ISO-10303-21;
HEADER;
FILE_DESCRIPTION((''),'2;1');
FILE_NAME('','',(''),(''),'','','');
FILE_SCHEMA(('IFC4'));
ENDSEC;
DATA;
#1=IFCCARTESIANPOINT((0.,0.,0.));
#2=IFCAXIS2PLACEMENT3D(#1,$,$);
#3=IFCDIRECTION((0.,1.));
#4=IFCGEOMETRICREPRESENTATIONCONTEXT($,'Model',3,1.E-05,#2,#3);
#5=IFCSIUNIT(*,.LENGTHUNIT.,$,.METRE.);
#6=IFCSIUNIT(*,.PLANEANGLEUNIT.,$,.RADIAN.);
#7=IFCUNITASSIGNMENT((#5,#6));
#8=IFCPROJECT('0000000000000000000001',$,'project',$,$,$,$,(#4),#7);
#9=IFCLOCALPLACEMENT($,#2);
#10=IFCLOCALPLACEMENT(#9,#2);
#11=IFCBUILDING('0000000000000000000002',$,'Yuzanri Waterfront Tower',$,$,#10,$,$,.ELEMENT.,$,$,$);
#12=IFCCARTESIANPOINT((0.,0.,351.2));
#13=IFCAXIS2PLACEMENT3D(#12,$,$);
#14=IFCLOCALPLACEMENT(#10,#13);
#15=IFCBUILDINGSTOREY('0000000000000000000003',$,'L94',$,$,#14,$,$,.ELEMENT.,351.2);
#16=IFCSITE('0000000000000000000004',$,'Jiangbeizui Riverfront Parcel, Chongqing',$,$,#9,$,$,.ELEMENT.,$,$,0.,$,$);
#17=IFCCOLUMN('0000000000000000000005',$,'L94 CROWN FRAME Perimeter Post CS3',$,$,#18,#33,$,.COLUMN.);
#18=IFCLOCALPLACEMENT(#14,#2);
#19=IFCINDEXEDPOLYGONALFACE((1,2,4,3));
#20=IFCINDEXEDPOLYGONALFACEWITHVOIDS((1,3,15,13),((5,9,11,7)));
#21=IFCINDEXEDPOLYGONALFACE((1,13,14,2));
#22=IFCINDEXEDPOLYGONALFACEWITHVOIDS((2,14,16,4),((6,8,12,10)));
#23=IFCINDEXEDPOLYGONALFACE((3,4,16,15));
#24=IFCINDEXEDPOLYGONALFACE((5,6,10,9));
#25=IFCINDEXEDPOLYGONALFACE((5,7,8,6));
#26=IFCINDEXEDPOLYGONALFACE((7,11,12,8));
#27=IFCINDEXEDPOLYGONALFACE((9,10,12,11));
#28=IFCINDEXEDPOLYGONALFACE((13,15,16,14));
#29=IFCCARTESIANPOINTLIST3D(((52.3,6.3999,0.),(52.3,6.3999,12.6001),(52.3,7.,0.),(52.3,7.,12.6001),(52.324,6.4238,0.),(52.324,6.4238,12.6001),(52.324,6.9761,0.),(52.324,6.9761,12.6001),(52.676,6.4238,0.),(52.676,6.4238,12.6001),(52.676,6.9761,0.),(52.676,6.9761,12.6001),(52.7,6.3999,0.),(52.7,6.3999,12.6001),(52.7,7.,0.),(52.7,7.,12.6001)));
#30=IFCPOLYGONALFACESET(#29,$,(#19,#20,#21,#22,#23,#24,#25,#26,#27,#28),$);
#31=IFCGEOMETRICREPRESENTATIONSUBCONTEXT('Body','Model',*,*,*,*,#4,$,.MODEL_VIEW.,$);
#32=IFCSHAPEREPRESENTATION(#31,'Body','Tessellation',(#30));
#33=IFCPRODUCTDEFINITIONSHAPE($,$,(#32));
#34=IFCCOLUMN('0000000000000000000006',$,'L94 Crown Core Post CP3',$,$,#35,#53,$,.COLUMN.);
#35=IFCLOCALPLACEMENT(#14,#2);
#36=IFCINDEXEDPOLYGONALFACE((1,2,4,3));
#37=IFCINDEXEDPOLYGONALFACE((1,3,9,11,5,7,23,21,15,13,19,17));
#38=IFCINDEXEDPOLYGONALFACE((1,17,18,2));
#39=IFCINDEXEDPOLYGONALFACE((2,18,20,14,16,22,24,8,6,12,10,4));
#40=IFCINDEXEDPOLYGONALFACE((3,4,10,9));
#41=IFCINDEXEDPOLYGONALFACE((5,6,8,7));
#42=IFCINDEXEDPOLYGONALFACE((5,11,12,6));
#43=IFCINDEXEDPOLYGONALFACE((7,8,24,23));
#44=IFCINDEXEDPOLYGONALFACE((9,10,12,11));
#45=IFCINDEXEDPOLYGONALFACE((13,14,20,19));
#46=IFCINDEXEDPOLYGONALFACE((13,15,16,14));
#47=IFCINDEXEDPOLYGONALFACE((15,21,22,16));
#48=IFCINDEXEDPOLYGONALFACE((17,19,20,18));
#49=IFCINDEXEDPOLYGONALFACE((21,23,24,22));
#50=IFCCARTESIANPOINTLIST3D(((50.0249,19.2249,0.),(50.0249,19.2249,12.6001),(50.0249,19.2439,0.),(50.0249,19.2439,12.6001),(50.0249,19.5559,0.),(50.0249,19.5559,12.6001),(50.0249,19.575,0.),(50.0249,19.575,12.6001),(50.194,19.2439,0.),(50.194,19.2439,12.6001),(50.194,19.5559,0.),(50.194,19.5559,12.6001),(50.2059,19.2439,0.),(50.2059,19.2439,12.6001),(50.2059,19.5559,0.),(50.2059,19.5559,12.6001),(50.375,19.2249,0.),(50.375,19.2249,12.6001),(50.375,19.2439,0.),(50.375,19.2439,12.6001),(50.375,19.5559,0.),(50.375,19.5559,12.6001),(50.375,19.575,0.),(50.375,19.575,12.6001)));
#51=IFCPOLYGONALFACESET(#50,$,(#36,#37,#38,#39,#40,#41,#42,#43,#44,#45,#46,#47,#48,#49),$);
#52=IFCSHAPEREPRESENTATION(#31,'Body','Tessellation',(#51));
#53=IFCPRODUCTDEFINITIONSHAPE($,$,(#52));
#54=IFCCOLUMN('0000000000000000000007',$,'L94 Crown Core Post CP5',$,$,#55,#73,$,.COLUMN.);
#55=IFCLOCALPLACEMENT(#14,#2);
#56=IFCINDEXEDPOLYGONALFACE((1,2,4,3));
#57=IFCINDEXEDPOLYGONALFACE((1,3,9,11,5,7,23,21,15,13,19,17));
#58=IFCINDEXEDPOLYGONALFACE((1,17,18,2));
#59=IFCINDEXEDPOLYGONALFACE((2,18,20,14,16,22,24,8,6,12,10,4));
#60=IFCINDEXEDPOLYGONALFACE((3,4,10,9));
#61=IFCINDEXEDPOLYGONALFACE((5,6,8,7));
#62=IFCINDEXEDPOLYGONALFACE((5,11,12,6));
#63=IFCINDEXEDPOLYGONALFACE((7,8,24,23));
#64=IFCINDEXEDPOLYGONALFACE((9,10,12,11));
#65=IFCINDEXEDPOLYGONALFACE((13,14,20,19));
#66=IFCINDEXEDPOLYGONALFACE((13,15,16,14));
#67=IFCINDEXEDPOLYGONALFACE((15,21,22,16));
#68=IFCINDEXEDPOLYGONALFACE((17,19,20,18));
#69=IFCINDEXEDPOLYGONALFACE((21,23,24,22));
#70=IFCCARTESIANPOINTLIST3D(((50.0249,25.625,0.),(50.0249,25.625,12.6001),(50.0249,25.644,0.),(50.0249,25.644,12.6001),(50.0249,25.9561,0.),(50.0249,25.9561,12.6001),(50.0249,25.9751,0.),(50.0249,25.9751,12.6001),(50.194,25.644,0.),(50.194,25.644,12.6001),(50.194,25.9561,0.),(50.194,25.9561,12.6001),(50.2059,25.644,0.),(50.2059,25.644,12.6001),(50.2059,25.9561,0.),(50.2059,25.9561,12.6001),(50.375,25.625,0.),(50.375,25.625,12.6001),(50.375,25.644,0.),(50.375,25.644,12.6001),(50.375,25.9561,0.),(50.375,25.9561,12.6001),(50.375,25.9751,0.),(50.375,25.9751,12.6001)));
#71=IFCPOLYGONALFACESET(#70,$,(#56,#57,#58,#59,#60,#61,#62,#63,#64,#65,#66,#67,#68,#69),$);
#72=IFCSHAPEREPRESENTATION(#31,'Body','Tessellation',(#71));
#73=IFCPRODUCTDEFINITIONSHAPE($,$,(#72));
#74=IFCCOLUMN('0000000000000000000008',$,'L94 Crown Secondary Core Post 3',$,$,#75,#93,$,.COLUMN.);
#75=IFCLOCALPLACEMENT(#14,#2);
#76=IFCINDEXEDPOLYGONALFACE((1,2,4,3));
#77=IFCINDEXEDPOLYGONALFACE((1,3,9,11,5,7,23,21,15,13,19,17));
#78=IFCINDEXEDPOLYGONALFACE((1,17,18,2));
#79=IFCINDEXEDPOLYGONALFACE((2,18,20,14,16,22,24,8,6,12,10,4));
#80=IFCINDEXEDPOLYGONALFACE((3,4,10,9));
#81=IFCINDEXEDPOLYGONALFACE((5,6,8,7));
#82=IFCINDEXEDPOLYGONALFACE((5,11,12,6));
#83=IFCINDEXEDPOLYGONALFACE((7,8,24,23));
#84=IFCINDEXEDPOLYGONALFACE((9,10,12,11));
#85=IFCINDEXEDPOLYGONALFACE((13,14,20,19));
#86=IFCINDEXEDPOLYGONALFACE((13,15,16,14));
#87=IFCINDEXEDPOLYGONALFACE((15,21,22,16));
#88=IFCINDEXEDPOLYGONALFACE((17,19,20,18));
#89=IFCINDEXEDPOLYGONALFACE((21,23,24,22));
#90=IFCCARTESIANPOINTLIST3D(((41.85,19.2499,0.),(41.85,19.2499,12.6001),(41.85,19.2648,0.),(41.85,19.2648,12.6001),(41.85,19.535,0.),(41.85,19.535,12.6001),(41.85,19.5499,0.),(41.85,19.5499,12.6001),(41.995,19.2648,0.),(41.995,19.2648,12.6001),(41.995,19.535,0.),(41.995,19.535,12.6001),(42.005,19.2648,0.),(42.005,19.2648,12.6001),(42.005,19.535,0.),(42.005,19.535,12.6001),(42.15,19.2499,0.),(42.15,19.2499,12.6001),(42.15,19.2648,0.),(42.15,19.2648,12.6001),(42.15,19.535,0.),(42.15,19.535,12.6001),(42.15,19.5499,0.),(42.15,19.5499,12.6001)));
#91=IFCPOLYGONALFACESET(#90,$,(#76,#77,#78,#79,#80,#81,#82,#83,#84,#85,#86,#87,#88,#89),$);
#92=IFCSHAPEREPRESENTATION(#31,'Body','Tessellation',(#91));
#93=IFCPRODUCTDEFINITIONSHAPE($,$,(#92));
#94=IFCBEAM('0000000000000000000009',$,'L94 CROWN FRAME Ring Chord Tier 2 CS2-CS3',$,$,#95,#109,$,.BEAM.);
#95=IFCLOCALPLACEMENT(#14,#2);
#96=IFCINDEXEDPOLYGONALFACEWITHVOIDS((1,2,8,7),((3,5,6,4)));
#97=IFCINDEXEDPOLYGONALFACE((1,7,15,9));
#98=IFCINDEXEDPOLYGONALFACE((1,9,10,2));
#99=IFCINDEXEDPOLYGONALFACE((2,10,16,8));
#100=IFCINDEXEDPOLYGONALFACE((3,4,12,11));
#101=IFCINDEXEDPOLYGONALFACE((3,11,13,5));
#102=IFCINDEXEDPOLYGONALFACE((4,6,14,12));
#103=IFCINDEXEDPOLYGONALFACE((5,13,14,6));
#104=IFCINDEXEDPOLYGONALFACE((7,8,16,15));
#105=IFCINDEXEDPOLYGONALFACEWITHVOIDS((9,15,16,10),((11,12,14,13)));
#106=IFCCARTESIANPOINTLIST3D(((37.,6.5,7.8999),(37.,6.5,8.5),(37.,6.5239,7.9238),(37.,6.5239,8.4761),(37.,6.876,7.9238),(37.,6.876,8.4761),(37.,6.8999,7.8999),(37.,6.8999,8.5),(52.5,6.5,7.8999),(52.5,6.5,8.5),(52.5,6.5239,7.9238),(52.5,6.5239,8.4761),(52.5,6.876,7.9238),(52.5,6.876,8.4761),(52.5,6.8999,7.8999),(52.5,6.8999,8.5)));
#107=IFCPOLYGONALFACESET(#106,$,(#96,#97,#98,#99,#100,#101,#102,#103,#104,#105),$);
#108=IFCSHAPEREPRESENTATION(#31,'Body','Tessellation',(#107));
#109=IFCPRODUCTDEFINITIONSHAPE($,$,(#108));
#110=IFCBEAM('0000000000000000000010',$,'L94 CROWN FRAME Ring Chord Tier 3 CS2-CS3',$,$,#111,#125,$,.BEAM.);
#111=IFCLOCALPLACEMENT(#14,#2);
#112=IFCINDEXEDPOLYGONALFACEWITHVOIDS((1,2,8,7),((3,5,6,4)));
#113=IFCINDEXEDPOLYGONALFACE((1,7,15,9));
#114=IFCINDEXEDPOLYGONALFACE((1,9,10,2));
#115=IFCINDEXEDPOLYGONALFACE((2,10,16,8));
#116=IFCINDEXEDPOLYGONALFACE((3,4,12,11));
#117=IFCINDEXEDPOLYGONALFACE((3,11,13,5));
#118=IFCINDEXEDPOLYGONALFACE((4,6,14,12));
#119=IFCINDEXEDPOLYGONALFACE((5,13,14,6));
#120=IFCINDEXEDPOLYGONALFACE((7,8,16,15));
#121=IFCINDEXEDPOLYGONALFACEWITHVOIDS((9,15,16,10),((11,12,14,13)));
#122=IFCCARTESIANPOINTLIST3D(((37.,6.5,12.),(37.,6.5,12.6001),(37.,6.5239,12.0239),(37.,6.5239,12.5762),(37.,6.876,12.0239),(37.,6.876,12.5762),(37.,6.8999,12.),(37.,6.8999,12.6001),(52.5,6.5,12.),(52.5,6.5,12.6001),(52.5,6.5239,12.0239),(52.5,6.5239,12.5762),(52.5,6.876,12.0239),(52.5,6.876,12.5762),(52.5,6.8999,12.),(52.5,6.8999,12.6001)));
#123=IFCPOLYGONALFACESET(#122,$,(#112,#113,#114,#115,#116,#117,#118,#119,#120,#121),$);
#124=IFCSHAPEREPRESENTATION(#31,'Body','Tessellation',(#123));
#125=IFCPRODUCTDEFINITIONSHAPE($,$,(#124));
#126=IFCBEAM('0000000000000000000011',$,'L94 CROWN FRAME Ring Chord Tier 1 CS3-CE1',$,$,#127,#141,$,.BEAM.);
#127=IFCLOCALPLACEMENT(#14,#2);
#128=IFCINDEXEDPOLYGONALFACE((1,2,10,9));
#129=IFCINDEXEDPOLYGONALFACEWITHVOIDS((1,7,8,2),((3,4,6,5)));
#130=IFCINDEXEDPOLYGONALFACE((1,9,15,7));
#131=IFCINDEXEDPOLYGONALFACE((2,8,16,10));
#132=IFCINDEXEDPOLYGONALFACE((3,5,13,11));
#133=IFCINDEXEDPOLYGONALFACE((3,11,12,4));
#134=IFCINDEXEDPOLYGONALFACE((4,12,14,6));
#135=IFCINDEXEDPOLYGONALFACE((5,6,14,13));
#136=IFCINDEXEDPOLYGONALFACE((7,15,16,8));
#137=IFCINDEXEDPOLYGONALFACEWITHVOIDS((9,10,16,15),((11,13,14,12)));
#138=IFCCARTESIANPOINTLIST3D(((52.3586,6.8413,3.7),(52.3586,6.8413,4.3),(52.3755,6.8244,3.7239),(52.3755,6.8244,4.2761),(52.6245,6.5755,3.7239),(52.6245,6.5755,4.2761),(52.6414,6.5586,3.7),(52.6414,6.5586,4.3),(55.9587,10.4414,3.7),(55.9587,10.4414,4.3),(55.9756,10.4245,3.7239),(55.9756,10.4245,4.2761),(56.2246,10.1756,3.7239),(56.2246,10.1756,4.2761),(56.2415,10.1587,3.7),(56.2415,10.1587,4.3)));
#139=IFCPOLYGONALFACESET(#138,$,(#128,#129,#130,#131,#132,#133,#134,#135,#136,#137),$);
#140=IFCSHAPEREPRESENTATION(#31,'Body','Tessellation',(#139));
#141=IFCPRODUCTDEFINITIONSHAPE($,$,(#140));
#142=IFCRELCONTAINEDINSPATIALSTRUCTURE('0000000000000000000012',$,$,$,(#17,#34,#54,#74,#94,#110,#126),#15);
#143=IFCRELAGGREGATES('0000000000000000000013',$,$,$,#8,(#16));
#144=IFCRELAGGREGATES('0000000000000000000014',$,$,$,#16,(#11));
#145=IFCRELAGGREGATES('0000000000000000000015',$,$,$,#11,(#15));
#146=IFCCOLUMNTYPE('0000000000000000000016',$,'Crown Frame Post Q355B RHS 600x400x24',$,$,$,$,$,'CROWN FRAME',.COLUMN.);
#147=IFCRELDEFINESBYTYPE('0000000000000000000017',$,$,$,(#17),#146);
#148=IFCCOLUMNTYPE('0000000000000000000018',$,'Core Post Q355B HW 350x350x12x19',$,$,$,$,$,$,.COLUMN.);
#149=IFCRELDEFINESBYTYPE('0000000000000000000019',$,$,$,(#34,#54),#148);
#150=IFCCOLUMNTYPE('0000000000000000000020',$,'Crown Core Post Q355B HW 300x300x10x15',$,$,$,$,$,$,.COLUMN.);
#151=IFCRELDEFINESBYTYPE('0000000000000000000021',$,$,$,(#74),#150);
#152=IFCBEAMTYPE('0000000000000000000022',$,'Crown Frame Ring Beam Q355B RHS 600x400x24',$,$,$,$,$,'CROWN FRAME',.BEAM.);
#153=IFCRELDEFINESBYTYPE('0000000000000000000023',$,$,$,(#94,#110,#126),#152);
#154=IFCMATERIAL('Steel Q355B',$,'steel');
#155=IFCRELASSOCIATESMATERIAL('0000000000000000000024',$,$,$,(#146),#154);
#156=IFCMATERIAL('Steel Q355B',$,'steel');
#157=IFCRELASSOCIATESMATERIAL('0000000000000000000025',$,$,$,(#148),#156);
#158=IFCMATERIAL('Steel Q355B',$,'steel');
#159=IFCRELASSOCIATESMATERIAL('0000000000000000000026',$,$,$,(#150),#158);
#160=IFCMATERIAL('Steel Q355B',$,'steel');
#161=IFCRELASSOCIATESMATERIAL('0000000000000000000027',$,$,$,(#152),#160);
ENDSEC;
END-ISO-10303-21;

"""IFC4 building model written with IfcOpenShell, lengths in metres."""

from ifc_helpers import new_model, si_unit, direction, frame, origin, origin_2d, place, context, subcontext, project, spatial, hollow_rectangle, i_section, extrude, source, transform, mapped, material, material_profile, profile_set, type_object, element, save


model = new_model("IFC4")

# Units and contexts
model_context = context("Model", 3, precision=1e-05, world=origin(), true_north=direction((0.0, 1.0)))
body_context = subcontext(model_context, "Body", "Model", "MODEL_VIEW")
ifc_project = project(units=[si_unit("LENGTHUNIT", "METRE"), si_unit("PLANEANGLEUNIT", "RADIAN")], contexts=[model_context])

# Site, building, storey
site_placement = place(None, origin())
site = spatial("IfcSite", under=ifc_project, at=site_placement, Name="Jiangbeizui Riverfront Parcel, Chongqing", CompositionType="ELEMENT", RefElevation=0.0)
building_placement = place(site_placement, origin())
building = spatial("IfcBuilding", under=site, at=building_placement, Name="Yuzanri Waterfront Tower", CompositionType="ELEMENT")
storey_placement = place(building_placement, frame((0.0, 0.0, 351.2)))
storey = spatial("IfcBuildingStorey", under=building, at=storey_placement, Name="L94", CompositionType="ELEMENT", Elevation=351.2)

# Columns
ifc_material_1 = material(Name="Steel Q355B", Category="steel")
ifc_material_profile_1 = material_profile(ifc_material_1, hollow_rectangle(XDim=0.3999, YDim=0.6001, WallThickness=0.0239, at=origin_2d()), Name="RHS 600x400x24")
ifc_profile_set_1 = profile_set([ifc_material_profile_1], Name="Steel Q355B")
column_type_1 = type_object("IfcColumnType", Name="Crown Frame Post Q355B RHS 600x400x24", ElementType="CROWN FRAME", PredefinedType="COLUMN", material=ifc_profile_set_1)
shared_shape_1 = source(origin(), body_context, "Body", "SweptSolid", [
    extrude(hollow_rectangle(XDim=0.3999, YDim=0.6001, WallThickness=0.0239, at=origin_2d()), origin(), (0.0, 0.0, 1.0), 12.6001),
])
column_1_placement = place(storey_placement, frame((52.5, 6.7, 0.0), z_axis=(0.0, 0.0, 1.0), x_axis=(1.0, 0.0, 0.0)))
element("IfcColumn", 1, at=column_1_placement, inside=storey, type_object=column_type_1, Name="L94 CROWN FRAME Perimeter Post CS3", PredefinedType="COLUMN", context=body_context, shape_type="MappedRepresentation", body=[
    mapped(shared_shape_1, transform((0.0, 0.0, 0.0), scale=1.0)),
])
ifc_material_2 = material(Name="Steel Q355B", Category="steel")
ifc_material_profile_2 = material_profile(ifc_material_2, i_section(OverallWidth=0.3501, OverallDepth=0.3501, WebThickness=0.012, FlangeThickness=0.019, at=origin_2d()), Name="HW 350x350x12x19")
ifc_profile_set_2 = profile_set([ifc_material_profile_2], Name="Steel Q355B")
column_type_2 = type_object("IfcColumnType", Name="Core Post Q355B HW 350x350x12x19", PredefinedType="COLUMN", material=ifc_profile_set_2)
shared_shape_2 = source(origin(), body_context, "Body", "SweptSolid", [
    extrude(i_section(OverallWidth=0.3501, OverallDepth=0.3501, WebThickness=0.012, FlangeThickness=0.019, at=origin_2d()), origin(), (0.0, 0.0, 1.0), 12.6001),
])
for number, where, z_axis, x_axis, name in (
    (2, (50.2, 19.3999, 0.0), (0.0, 0.0, 1.0), (1.0, 0.0, 0.0), "L94 Crown Core Post CP3"),
    (3, (50.2, 25.8, 0.0), (0.0, 0.0, 1.0), (1.0, 0.0, 0.0), "L94 Crown Core Post CP5"),
):
    element("IfcColumn", number, at=place(storey_placement, frame(where, z_axis=z_axis, x_axis=x_axis)), inside=storey, type_object=column_type_2, Name=name, PredefinedType="COLUMN", context=body_context, shape_type="MappedRepresentation", body=[
        mapped(shared_shape_2, transform((0.0, 0.0, 0.0), scale=1.0)),
    ])
ifc_material_3 = material(Name="Steel Q355B", Category="steel")
ifc_material_profile_3 = material_profile(ifc_material_3, i_section(OverallWidth=0.3, OverallDepth=0.3, WebThickness=0.01, FlangeThickness=0.0149, at=origin_2d()), Name="HW 300x300x10x15")
ifc_profile_set_3 = profile_set([ifc_material_profile_3], Name="Steel Q355B")
column_type_3 = type_object("IfcColumnType", Name="Crown Core Post Q355B HW 300x300x10x15", PredefinedType="COLUMN", material=ifc_profile_set_3)
shared_shape_3 = source(origin(), body_context, "Body", "SweptSolid", [
    extrude(i_section(OverallWidth=0.3, OverallDepth=0.3, WebThickness=0.01, FlangeThickness=0.0149, at=origin_2d()), origin(), (0.0, 0.0, 1.0), 12.6001),
])
column_2_placement = place(storey_placement, frame((42.0, 19.3999, 0.0), z_axis=(0.0, 0.0, 1.0), x_axis=(1.0, 0.0, 0.0)))
element("IfcColumn", 4, at=column_2_placement, inside=storey, type_object=column_type_3, Name="L94 Crown Secondary Core Post 3", PredefinedType="COLUMN", context=body_context, shape_type="MappedRepresentation", body=[
    mapped(shared_shape_3, transform((0.0, 0.0, 0.0), scale=1.0)),
])

# Beams
ifc_material_4 = material(Name="Steel Q355B", Category="steel")
ifc_material_profile_4 = material_profile(ifc_material_4, hollow_rectangle(XDim=0.3999, YDim=0.6001, WallThickness=0.0239, at=origin_2d()), Name="RHS 600x400x24")
ifc_profile_set_4 = profile_set([ifc_material_profile_4], Name="Steel Q355B")
beam_type = type_object("IfcBeamType", Name="Crown Frame Ring Beam Q355B RHS 600x400x24", ElementType="CROWN FRAME", PredefinedType="BEAM", material=ifc_profile_set_4)
shared_shape_4 = source(origin(), body_context, "Body", "SweptSolid", [
    extrude(hollow_rectangle(XDim=0.3999, YDim=0.6001, WallThickness=0.0239, at=origin_2d()), origin(), (0.0, 0.0, 1.0), 15.5),
])
for number, where, z_axis, x_axis, name in (
    (5, (37.0, 6.7, 8.2), (1.0, 0.0, 0.0), (0.0, 1.0, 0.0), "L94 CROWN FRAME Ring Chord Tier 2 CS2-CS3"),
    (6, (37.0, 6.7, 12.3), (1.0, 0.0, 0.0), (0.0, 1.0, 0.0), "L94 CROWN FRAME Ring Chord Tier 3 CS2-CS3"),
):
    element("IfcBeam", number, at=place(storey_placement, frame(where, z_axis=z_axis, x_axis=x_axis)), inside=storey, type_object=beam_type, Name=name, PredefinedType="BEAM", context=body_context, shape_type="MappedRepresentation", body=[
        mapped(shared_shape_4, transform((0.0, 0.0, 0.0), scale=1.0)),
    ])
shared_shape_5 = source(origin(), body_context, "Body", "SweptSolid", [
    extrude(hollow_rectangle(XDim=0.3999, YDim=0.6001, WallThickness=0.0239, at=origin_2d()), origin(), (0.0, 0.0, 1.0), 5.0913),
])
beam_placement = place(storey_placement, frame((52.5, 6.7, 4.0), z_axis=(0.707107, 0.707107, 0.0), x_axis=(-0.707107, 0.707107, 0.0)))
element("IfcBeam", 7, at=beam_placement, inside=storey, type_object=beam_type, Name="L94 CROWN FRAME Ring Chord Tier 1 CS3-CE1", PredefinedType="BEAM", context=body_context, shape_type="MappedRepresentation", body=[
    mapped(shared_shape_5, transform((0.0, 0.0, 0.0), scale=1.0)),
])

save(model, "model.ifc")
